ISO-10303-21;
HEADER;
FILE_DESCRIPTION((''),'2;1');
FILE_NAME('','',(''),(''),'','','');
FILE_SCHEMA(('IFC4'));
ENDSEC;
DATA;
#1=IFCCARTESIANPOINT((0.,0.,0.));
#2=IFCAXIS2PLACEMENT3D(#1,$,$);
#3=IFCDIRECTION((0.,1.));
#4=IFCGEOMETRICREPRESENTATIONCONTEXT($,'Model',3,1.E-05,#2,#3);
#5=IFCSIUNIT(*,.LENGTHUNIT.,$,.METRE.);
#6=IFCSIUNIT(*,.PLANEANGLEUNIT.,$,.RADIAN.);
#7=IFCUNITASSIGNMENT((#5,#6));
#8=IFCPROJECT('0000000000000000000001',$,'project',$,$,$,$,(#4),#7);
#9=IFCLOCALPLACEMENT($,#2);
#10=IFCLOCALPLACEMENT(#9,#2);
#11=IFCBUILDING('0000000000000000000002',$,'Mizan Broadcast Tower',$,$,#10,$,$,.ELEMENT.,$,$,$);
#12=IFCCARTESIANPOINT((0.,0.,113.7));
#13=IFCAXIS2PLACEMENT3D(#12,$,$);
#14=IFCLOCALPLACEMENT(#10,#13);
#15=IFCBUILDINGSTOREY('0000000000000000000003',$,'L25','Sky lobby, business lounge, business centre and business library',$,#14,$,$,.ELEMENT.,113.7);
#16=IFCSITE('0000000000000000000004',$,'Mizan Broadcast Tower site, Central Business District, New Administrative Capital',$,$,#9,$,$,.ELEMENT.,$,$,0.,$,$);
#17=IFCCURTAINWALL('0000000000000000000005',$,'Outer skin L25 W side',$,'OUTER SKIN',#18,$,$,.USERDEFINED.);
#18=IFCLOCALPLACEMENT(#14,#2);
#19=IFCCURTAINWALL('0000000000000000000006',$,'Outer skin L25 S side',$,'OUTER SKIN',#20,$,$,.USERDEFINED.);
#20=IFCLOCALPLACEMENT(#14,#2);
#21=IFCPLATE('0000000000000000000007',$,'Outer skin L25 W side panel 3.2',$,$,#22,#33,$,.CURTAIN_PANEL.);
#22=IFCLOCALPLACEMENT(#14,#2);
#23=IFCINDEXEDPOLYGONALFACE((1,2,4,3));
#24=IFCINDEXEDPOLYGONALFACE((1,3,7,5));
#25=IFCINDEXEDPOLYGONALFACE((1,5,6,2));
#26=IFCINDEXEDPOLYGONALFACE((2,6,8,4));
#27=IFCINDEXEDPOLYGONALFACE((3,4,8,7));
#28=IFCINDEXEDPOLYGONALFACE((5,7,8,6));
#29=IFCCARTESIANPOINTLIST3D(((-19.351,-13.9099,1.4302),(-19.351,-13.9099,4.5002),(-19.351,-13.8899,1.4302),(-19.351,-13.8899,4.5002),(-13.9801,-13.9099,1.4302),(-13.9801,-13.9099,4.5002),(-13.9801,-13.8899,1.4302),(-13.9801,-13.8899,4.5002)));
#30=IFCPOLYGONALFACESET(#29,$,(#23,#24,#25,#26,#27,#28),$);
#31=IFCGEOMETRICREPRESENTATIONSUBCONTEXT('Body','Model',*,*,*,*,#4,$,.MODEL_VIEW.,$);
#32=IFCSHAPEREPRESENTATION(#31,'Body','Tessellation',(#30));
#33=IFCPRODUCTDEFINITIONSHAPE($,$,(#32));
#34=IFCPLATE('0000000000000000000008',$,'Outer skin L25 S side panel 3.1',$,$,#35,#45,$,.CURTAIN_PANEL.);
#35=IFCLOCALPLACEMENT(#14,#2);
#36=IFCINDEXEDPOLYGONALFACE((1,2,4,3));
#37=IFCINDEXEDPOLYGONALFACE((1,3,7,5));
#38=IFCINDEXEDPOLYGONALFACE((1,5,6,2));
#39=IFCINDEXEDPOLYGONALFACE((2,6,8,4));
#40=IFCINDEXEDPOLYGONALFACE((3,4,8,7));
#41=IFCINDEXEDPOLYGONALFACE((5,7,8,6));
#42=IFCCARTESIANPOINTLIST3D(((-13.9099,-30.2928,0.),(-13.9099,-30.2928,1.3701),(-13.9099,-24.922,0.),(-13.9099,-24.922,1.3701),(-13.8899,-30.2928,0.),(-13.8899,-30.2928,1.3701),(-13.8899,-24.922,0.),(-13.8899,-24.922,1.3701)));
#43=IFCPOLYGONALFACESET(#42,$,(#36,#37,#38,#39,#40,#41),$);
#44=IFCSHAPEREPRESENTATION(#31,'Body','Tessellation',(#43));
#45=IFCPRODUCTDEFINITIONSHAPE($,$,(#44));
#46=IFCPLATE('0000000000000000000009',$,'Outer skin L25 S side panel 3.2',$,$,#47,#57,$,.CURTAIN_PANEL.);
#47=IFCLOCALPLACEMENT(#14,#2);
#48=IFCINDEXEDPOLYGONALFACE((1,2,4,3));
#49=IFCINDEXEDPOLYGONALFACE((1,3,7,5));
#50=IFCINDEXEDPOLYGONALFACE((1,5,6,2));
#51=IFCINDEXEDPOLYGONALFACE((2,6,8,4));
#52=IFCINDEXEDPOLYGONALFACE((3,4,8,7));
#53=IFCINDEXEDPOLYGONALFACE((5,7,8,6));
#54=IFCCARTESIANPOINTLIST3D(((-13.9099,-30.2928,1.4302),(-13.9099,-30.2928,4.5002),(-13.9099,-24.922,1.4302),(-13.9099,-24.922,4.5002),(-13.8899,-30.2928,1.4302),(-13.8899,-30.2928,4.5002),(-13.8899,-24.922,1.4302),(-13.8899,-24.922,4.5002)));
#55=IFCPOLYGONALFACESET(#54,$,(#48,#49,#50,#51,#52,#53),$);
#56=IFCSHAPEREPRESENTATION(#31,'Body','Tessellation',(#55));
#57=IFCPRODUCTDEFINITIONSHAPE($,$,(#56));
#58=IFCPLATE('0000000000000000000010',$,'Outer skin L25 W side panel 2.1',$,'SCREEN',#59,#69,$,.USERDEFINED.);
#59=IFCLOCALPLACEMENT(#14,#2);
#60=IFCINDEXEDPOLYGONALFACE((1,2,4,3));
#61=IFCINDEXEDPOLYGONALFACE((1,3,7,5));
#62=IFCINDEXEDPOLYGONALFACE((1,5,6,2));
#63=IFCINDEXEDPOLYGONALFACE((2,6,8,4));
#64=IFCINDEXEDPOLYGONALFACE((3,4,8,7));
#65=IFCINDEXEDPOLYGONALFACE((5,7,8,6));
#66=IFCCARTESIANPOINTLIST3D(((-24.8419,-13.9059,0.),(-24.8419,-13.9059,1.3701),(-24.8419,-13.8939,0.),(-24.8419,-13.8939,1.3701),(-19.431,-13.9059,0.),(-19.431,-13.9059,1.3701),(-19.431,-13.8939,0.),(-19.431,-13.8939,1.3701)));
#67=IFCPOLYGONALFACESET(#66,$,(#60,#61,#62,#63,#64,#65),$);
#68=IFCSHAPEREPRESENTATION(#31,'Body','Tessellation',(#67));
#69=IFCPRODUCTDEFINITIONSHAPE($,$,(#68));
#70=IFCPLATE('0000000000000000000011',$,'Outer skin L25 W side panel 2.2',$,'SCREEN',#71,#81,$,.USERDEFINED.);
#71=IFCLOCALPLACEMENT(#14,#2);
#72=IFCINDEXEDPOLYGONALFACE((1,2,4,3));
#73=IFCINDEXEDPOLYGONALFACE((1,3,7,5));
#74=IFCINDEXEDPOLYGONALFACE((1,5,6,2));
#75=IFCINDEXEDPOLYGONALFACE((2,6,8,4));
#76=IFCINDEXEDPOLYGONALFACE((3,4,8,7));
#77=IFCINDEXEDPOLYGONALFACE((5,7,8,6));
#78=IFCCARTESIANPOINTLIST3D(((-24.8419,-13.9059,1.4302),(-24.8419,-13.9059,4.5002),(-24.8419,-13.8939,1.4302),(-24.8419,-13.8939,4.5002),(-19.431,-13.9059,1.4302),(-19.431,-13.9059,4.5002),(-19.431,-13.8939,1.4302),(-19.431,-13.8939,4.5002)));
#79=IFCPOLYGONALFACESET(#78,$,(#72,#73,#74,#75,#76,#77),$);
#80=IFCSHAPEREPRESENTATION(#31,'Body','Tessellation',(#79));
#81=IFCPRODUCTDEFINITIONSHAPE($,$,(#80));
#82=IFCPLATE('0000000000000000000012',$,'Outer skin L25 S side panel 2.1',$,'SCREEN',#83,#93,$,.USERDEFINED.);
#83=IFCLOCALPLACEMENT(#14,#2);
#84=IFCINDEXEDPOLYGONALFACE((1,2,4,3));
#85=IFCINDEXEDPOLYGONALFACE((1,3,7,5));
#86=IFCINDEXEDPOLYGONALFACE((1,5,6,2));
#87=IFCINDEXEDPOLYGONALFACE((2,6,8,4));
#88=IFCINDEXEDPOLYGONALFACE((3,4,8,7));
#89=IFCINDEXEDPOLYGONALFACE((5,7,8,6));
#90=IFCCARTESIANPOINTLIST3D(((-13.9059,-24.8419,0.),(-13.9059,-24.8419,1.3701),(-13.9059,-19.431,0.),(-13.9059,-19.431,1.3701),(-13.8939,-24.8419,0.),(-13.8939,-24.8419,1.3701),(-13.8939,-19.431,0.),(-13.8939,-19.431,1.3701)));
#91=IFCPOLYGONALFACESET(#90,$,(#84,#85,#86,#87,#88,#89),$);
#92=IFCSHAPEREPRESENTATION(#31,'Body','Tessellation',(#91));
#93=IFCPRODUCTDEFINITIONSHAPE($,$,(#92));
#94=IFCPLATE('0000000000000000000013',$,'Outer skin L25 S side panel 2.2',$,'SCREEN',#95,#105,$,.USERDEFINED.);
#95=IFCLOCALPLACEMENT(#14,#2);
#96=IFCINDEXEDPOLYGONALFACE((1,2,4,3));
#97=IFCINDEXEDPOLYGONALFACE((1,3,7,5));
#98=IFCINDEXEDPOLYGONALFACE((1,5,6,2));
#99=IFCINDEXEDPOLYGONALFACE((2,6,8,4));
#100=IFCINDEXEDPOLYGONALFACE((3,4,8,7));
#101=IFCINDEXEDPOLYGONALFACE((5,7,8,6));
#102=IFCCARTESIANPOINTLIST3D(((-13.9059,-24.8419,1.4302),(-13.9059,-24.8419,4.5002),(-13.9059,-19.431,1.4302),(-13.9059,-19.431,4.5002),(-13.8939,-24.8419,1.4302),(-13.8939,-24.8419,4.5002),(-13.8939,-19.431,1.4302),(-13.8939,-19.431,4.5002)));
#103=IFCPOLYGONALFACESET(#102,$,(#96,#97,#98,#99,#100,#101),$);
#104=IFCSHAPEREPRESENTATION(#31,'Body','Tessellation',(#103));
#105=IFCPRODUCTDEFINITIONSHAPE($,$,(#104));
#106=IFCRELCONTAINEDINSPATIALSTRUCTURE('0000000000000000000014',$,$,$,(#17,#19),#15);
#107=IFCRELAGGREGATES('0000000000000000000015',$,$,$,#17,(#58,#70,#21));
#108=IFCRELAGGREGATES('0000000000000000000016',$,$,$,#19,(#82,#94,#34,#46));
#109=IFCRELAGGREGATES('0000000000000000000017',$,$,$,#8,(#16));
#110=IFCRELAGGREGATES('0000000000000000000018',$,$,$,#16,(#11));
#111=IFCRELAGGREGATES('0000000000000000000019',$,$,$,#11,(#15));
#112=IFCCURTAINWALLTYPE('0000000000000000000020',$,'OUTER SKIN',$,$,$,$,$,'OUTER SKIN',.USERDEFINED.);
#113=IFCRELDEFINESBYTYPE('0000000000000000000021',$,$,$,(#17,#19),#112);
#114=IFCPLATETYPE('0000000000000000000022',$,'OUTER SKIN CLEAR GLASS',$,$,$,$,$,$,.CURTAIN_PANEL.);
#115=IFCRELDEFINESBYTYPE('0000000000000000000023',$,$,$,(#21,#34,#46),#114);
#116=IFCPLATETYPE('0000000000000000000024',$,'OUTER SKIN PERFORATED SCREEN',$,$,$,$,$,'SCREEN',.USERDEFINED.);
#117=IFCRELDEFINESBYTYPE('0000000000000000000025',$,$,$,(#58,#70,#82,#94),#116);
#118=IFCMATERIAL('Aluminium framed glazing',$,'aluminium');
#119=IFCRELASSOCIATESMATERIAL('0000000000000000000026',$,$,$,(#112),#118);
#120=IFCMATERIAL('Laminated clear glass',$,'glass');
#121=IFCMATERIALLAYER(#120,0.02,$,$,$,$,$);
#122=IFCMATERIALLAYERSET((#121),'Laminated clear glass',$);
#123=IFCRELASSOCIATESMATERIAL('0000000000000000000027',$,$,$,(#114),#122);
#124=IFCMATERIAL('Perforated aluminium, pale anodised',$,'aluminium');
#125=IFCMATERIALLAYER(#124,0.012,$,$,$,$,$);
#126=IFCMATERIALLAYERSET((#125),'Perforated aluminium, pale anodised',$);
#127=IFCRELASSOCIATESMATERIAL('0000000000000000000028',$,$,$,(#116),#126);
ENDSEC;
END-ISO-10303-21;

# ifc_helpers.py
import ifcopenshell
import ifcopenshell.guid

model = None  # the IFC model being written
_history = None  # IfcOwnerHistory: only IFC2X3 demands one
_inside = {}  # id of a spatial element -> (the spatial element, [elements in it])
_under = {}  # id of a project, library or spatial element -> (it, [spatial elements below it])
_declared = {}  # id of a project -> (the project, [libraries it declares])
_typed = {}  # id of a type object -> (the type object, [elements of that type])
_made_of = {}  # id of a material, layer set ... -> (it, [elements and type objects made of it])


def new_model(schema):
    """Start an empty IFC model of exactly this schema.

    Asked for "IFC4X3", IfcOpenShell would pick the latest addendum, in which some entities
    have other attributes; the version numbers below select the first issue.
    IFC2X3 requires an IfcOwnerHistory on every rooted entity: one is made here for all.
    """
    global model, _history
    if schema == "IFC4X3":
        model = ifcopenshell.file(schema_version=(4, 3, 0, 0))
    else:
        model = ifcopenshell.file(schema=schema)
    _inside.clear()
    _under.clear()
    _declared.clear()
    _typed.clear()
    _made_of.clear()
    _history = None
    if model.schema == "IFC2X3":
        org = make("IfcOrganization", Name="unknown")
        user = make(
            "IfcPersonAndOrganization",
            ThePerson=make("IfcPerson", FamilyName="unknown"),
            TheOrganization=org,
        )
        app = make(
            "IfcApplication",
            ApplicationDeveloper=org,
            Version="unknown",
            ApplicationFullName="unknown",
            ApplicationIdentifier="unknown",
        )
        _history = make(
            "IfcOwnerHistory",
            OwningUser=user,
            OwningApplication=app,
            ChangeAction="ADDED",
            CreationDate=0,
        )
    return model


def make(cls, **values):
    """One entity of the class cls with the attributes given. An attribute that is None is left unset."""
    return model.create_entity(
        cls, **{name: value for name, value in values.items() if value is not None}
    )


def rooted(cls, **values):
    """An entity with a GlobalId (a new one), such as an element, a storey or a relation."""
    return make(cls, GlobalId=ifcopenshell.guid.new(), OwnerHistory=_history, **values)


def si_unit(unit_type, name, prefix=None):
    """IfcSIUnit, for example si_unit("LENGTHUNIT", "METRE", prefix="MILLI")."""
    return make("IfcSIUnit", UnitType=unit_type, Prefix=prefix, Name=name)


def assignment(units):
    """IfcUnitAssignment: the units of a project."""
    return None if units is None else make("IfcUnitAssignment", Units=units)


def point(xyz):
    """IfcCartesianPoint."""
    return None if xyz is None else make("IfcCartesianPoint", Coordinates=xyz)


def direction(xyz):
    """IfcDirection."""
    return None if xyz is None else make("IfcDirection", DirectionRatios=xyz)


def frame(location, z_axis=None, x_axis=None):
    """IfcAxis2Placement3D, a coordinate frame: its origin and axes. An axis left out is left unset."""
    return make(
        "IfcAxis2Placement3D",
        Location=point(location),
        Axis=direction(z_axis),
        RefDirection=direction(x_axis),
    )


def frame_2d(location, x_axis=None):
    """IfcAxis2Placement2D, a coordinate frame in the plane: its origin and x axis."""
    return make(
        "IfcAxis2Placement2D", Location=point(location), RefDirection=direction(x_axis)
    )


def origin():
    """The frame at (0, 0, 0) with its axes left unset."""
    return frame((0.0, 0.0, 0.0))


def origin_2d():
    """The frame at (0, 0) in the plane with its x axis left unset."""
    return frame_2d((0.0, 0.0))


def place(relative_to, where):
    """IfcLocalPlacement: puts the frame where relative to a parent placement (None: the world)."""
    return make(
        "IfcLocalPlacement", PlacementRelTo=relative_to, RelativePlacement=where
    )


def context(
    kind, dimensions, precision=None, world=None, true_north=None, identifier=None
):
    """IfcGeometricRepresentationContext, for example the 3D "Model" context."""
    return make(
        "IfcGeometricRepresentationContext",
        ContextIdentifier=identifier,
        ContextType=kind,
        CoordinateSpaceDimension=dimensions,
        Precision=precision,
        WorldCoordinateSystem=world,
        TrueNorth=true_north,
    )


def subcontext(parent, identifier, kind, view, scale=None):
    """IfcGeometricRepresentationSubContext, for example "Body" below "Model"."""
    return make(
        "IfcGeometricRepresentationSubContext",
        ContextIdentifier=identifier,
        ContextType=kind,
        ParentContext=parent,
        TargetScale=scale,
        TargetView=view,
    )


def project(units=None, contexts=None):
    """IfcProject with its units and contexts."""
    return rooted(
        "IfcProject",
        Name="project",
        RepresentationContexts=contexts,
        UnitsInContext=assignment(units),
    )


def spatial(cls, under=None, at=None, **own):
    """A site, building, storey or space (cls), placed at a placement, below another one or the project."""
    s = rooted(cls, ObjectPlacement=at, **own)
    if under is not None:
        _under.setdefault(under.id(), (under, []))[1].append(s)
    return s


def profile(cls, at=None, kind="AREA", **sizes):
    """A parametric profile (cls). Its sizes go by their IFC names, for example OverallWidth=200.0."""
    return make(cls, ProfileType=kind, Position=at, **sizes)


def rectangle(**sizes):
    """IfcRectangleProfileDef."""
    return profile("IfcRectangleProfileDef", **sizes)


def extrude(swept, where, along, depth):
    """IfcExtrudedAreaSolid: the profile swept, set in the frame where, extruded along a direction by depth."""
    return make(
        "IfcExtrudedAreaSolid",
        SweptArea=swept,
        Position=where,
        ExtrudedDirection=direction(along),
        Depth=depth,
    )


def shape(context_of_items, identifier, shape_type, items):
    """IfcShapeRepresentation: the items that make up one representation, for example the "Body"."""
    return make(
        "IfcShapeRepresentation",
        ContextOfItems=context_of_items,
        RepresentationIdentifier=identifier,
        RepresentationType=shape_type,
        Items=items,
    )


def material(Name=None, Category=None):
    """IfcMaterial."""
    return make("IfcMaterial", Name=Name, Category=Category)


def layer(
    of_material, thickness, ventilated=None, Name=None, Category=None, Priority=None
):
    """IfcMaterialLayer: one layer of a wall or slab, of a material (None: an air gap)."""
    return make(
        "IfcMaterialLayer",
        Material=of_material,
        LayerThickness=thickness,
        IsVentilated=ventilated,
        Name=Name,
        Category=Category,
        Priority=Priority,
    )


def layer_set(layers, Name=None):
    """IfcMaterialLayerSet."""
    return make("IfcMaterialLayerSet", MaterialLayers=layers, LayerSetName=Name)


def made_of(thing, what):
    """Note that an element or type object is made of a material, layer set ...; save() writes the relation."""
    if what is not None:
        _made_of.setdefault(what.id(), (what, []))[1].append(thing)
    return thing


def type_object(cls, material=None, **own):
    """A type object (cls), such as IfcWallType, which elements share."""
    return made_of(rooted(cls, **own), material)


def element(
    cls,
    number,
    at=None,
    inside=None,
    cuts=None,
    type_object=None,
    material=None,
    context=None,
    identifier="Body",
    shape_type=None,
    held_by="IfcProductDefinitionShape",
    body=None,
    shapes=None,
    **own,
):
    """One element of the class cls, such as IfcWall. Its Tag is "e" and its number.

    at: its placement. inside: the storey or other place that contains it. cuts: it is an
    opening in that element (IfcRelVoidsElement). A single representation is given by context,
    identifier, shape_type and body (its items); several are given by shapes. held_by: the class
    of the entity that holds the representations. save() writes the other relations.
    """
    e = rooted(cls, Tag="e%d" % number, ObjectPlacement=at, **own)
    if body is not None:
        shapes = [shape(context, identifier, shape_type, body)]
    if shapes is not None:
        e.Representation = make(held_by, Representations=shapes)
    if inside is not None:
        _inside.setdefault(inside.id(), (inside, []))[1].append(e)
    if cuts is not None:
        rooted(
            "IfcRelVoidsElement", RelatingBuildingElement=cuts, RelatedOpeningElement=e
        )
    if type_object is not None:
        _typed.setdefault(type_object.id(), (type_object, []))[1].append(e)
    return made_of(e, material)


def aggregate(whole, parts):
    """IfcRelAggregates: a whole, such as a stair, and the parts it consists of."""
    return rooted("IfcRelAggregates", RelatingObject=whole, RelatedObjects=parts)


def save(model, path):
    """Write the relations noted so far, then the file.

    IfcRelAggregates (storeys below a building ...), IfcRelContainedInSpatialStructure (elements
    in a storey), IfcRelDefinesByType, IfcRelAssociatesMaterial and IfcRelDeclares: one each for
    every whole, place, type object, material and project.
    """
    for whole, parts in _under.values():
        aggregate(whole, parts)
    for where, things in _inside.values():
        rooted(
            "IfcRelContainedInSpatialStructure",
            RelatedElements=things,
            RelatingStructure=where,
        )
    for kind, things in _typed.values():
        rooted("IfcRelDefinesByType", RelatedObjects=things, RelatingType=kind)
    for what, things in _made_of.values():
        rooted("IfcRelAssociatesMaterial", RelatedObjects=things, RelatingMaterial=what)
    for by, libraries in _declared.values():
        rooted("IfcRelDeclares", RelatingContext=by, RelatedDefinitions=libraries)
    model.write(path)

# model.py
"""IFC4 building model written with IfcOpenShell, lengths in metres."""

from ifc_helpers import new_model, si_unit, direction, frame, origin, origin_2d, place, context, subcontext, project, spatial, rectangle, extrude, material, layer, layer_set, type_object, element, aggregate, save


model = new_model("IFC4")

# Units and contexts
model_context = context("Model", 3, precision=1e-05, world=origin(), true_north=direction((0.0, 1.0)))
body_context = subcontext(model_context, "Body", "Model", "MODEL_VIEW")
ifc_project = project(units=[si_unit("LENGTHUNIT", "METRE"), si_unit("PLANEANGLEUNIT", "RADIAN")], contexts=[model_context])

# Site, building, storey
site_placement = place(None, origin())
site = spatial("IfcSite", under=ifc_project, at=site_placement, Name="Mizan Broadcast Tower site, Central Business District, New Administrative Capital", CompositionType="ELEMENT", RefElevation=0.0)
building_placement = place(site_placement, origin())
building = spatial("IfcBuilding", under=site, at=building_placement, Name="Mizan Broadcast Tower", CompositionType="ELEMENT")
storey_placement = place(building_placement, frame((0.0, 0.0, 113.7)))
storey = spatial("IfcBuildingStorey", under=building, at=storey_placement, Name="L25", Description="Sky lobby, business lounge, business centre and business library", CompositionType="ELEMENT", Elevation=113.7)

# Shared definitions
ifc_material_1 = material(Name="Aluminium framed glazing", Category="aluminium")
curtain_wall_type_1 = type_object("IfcCurtainWallType", Name="OUTER SKIN", ElementType="OUTER SKIN", PredefinedType="USERDEFINED", material=ifc_material_1)

# Curtain walls
curtain_wall_1_placement = place(storey_placement, origin())
curtain_wall_1 = element("IfcCurtainWall", 1, at=curtain_wall_1_placement, inside=storey, type_object=curtain_wall_type_1, Name="Outer skin L25 W side", ObjectType="OUTER SKIN", PredefinedType="USERDEFINED")
curtain_wall_2_placement = place(storey_placement, origin())
curtain_wall_2 = element("IfcCurtainWall", 2, at=curtain_wall_2_placement, inside=storey, type_object=curtain_wall_type_1, Name="Outer skin L25 S side", ObjectType="OUTER SKIN", PredefinedType="USERDEFINED")

# Plates
ifc_material_2 = material(Name="Laminated clear glass", Category="glass")
ifc_layer_1 = layer(ifc_material_2, 0.02)
ifc_layer_set_1 = layer_set([ifc_layer_1], Name="Laminated clear glass")
plate_type_1 = type_object("IfcPlateType", Name="OUTER SKIN CLEAR GLASS", PredefinedType="CURTAIN_PANEL", material=ifc_layer_set_1)
plate_1_placement = place(storey_placement, frame((-16.6655, -13.8999, 1.4302), z_axis=(0.0, 0.0, 1.0), x_axis=(1.0, 0.0, 0.0)))
plate_1 = element("IfcPlate", 3, at=plate_1_placement, type_object=plate_type_1, Name="Outer skin L25 W side panel 3.2", PredefinedType="CURTAIN_PANEL", context=body_context, shape_type="SweptSolid", body=[
    extrude(rectangle(XDim=5.3708, YDim=0.02, at=origin_2d()), origin(), (0.0, 0.0, 1.0), 3.0701),
])
plate_2_placement = place(storey_placement, frame((-13.8999, -27.6074, 0.0), z_axis=(0.0, 0.0, 1.0), x_axis=(0.0, -1.0, 0.0)))
plate_2 = element("IfcPlate", 4, at=plate_2_placement, type_object=plate_type_1, Name="Outer skin L25 S side panel 3.1", PredefinedType="CURTAIN_PANEL", context=body_context, shape_type="SweptSolid", body=[
    extrude(rectangle(XDim=5.3708, YDim=0.02, at=origin_2d()), origin(), (0.0, 0.0, 1.0), 1.3701),
])
plate_3_placement = place(storey_placement, frame((-13.8999, -27.6074, 1.4302), z_axis=(0.0, 0.0, 1.0), x_axis=(0.0, -1.0, 0.0)))
plate_3 = element("IfcPlate", 5, at=plate_3_placement, type_object=plate_type_1, Name="Outer skin L25 S side panel 3.2", PredefinedType="CURTAIN_PANEL", context=body_context, shape_type="SweptSolid", body=[
    extrude(rectangle(XDim=5.3708, YDim=0.02, at=origin_2d()), origin(), (0.0, 0.0, 1.0), 3.0701),
])
ifc_material_3 = material(Name="Perforated aluminium, pale anodised", Category="aluminium")
ifc_layer_2 = layer(ifc_material_3, 0.012)
ifc_layer_set_2 = layer_set([ifc_layer_2], Name="Perforated aluminium, pale anodised")
plate_type_2 = type_object("IfcPlateType", Name="OUTER SKIN PERFORATED SCREEN", ElementType="SCREEN", PredefinedType="USERDEFINED", material=ifc_layer_set_2)
plate_4_placement = place(storey_placement, frame((-22.1365, -13.8999, 0.0), z_axis=(0.0, 0.0, 1.0), x_axis=(1.0, 0.0, 0.0)))
plate_4 = element("IfcPlate", 6, at=plate_4_placement, type_object=plate_type_2, Name="Outer skin L25 W side panel 2.1", ObjectType="SCREEN", PredefinedType="USERDEFINED", context=body_context, shape_type="SweptSolid", body=[
    extrude(rectangle(XDim=5.4109, YDim=0.012, at=origin_2d()), origin(), (0.0, 0.0, 1.0), 1.3701),
])
plate_5_placement = place(storey_placement, frame((-22.1365, -13.8999, 1.4302), z_axis=(0.0, 0.0, 1.0), x_axis=(1.0, 0.0, 0.0)))
plate_5 = element("IfcPlate", 7, at=plate_5_placement, type_object=plate_type_2, Name="Outer skin L25 W side panel 2.2", ObjectType="SCREEN", PredefinedType="USERDEFINED", context=body_context, shape_type="SweptSolid", body=[
    extrude(rectangle(XDim=5.4109, YDim=0.012, at=origin_2d()), origin(), (0.0, 0.0, 1.0), 3.0701),
])
aggregate(curtain_wall_1, [plate_4, plate_5, plate_1])
plate_6_placement = place(storey_placement, frame((-13.8999, -22.1365, 0.0), z_axis=(0.0, 0.0, 1.0), x_axis=(0.0, -1.0, 0.0)))
plate_6 = element("IfcPlate", 8, at=plate_6_placement, type_object=plate_type_2, Name="Outer skin L25 S side panel 2.1", ObjectType="SCREEN", PredefinedType="USERDEFINED", context=body_context, shape_type="SweptSolid", body=[
    extrude(rectangle(XDim=5.4109, YDim=0.012, at=origin_2d()), origin(), (0.0, 0.0, 1.0), 1.3701),
])
plate_7_placement = place(storey_placement, frame((-13.8999, -22.1365, 1.4302), z_axis=(0.0, 0.0, 1.0), x_axis=(0.0, -1.0, 0.0)))
plate_7 = element("IfcPlate", 9, at=plate_7_placement, type_object=plate_type_2, Name="Outer skin L25 S side panel 2.2", ObjectType="SCREEN", PredefinedType="USERDEFINED", context=body_context, shape_type="SweptSolid", body=[
    extrude(rectangle(XDim=5.4109, YDim=0.012, at=origin_2d()), origin(), (0.0, 0.0, 1.0), 3.0701),
])
aggregate(curtain_wall_2, [plate_6, plate_7, plate_2, plate_3])

save(model, "model.ifc")
